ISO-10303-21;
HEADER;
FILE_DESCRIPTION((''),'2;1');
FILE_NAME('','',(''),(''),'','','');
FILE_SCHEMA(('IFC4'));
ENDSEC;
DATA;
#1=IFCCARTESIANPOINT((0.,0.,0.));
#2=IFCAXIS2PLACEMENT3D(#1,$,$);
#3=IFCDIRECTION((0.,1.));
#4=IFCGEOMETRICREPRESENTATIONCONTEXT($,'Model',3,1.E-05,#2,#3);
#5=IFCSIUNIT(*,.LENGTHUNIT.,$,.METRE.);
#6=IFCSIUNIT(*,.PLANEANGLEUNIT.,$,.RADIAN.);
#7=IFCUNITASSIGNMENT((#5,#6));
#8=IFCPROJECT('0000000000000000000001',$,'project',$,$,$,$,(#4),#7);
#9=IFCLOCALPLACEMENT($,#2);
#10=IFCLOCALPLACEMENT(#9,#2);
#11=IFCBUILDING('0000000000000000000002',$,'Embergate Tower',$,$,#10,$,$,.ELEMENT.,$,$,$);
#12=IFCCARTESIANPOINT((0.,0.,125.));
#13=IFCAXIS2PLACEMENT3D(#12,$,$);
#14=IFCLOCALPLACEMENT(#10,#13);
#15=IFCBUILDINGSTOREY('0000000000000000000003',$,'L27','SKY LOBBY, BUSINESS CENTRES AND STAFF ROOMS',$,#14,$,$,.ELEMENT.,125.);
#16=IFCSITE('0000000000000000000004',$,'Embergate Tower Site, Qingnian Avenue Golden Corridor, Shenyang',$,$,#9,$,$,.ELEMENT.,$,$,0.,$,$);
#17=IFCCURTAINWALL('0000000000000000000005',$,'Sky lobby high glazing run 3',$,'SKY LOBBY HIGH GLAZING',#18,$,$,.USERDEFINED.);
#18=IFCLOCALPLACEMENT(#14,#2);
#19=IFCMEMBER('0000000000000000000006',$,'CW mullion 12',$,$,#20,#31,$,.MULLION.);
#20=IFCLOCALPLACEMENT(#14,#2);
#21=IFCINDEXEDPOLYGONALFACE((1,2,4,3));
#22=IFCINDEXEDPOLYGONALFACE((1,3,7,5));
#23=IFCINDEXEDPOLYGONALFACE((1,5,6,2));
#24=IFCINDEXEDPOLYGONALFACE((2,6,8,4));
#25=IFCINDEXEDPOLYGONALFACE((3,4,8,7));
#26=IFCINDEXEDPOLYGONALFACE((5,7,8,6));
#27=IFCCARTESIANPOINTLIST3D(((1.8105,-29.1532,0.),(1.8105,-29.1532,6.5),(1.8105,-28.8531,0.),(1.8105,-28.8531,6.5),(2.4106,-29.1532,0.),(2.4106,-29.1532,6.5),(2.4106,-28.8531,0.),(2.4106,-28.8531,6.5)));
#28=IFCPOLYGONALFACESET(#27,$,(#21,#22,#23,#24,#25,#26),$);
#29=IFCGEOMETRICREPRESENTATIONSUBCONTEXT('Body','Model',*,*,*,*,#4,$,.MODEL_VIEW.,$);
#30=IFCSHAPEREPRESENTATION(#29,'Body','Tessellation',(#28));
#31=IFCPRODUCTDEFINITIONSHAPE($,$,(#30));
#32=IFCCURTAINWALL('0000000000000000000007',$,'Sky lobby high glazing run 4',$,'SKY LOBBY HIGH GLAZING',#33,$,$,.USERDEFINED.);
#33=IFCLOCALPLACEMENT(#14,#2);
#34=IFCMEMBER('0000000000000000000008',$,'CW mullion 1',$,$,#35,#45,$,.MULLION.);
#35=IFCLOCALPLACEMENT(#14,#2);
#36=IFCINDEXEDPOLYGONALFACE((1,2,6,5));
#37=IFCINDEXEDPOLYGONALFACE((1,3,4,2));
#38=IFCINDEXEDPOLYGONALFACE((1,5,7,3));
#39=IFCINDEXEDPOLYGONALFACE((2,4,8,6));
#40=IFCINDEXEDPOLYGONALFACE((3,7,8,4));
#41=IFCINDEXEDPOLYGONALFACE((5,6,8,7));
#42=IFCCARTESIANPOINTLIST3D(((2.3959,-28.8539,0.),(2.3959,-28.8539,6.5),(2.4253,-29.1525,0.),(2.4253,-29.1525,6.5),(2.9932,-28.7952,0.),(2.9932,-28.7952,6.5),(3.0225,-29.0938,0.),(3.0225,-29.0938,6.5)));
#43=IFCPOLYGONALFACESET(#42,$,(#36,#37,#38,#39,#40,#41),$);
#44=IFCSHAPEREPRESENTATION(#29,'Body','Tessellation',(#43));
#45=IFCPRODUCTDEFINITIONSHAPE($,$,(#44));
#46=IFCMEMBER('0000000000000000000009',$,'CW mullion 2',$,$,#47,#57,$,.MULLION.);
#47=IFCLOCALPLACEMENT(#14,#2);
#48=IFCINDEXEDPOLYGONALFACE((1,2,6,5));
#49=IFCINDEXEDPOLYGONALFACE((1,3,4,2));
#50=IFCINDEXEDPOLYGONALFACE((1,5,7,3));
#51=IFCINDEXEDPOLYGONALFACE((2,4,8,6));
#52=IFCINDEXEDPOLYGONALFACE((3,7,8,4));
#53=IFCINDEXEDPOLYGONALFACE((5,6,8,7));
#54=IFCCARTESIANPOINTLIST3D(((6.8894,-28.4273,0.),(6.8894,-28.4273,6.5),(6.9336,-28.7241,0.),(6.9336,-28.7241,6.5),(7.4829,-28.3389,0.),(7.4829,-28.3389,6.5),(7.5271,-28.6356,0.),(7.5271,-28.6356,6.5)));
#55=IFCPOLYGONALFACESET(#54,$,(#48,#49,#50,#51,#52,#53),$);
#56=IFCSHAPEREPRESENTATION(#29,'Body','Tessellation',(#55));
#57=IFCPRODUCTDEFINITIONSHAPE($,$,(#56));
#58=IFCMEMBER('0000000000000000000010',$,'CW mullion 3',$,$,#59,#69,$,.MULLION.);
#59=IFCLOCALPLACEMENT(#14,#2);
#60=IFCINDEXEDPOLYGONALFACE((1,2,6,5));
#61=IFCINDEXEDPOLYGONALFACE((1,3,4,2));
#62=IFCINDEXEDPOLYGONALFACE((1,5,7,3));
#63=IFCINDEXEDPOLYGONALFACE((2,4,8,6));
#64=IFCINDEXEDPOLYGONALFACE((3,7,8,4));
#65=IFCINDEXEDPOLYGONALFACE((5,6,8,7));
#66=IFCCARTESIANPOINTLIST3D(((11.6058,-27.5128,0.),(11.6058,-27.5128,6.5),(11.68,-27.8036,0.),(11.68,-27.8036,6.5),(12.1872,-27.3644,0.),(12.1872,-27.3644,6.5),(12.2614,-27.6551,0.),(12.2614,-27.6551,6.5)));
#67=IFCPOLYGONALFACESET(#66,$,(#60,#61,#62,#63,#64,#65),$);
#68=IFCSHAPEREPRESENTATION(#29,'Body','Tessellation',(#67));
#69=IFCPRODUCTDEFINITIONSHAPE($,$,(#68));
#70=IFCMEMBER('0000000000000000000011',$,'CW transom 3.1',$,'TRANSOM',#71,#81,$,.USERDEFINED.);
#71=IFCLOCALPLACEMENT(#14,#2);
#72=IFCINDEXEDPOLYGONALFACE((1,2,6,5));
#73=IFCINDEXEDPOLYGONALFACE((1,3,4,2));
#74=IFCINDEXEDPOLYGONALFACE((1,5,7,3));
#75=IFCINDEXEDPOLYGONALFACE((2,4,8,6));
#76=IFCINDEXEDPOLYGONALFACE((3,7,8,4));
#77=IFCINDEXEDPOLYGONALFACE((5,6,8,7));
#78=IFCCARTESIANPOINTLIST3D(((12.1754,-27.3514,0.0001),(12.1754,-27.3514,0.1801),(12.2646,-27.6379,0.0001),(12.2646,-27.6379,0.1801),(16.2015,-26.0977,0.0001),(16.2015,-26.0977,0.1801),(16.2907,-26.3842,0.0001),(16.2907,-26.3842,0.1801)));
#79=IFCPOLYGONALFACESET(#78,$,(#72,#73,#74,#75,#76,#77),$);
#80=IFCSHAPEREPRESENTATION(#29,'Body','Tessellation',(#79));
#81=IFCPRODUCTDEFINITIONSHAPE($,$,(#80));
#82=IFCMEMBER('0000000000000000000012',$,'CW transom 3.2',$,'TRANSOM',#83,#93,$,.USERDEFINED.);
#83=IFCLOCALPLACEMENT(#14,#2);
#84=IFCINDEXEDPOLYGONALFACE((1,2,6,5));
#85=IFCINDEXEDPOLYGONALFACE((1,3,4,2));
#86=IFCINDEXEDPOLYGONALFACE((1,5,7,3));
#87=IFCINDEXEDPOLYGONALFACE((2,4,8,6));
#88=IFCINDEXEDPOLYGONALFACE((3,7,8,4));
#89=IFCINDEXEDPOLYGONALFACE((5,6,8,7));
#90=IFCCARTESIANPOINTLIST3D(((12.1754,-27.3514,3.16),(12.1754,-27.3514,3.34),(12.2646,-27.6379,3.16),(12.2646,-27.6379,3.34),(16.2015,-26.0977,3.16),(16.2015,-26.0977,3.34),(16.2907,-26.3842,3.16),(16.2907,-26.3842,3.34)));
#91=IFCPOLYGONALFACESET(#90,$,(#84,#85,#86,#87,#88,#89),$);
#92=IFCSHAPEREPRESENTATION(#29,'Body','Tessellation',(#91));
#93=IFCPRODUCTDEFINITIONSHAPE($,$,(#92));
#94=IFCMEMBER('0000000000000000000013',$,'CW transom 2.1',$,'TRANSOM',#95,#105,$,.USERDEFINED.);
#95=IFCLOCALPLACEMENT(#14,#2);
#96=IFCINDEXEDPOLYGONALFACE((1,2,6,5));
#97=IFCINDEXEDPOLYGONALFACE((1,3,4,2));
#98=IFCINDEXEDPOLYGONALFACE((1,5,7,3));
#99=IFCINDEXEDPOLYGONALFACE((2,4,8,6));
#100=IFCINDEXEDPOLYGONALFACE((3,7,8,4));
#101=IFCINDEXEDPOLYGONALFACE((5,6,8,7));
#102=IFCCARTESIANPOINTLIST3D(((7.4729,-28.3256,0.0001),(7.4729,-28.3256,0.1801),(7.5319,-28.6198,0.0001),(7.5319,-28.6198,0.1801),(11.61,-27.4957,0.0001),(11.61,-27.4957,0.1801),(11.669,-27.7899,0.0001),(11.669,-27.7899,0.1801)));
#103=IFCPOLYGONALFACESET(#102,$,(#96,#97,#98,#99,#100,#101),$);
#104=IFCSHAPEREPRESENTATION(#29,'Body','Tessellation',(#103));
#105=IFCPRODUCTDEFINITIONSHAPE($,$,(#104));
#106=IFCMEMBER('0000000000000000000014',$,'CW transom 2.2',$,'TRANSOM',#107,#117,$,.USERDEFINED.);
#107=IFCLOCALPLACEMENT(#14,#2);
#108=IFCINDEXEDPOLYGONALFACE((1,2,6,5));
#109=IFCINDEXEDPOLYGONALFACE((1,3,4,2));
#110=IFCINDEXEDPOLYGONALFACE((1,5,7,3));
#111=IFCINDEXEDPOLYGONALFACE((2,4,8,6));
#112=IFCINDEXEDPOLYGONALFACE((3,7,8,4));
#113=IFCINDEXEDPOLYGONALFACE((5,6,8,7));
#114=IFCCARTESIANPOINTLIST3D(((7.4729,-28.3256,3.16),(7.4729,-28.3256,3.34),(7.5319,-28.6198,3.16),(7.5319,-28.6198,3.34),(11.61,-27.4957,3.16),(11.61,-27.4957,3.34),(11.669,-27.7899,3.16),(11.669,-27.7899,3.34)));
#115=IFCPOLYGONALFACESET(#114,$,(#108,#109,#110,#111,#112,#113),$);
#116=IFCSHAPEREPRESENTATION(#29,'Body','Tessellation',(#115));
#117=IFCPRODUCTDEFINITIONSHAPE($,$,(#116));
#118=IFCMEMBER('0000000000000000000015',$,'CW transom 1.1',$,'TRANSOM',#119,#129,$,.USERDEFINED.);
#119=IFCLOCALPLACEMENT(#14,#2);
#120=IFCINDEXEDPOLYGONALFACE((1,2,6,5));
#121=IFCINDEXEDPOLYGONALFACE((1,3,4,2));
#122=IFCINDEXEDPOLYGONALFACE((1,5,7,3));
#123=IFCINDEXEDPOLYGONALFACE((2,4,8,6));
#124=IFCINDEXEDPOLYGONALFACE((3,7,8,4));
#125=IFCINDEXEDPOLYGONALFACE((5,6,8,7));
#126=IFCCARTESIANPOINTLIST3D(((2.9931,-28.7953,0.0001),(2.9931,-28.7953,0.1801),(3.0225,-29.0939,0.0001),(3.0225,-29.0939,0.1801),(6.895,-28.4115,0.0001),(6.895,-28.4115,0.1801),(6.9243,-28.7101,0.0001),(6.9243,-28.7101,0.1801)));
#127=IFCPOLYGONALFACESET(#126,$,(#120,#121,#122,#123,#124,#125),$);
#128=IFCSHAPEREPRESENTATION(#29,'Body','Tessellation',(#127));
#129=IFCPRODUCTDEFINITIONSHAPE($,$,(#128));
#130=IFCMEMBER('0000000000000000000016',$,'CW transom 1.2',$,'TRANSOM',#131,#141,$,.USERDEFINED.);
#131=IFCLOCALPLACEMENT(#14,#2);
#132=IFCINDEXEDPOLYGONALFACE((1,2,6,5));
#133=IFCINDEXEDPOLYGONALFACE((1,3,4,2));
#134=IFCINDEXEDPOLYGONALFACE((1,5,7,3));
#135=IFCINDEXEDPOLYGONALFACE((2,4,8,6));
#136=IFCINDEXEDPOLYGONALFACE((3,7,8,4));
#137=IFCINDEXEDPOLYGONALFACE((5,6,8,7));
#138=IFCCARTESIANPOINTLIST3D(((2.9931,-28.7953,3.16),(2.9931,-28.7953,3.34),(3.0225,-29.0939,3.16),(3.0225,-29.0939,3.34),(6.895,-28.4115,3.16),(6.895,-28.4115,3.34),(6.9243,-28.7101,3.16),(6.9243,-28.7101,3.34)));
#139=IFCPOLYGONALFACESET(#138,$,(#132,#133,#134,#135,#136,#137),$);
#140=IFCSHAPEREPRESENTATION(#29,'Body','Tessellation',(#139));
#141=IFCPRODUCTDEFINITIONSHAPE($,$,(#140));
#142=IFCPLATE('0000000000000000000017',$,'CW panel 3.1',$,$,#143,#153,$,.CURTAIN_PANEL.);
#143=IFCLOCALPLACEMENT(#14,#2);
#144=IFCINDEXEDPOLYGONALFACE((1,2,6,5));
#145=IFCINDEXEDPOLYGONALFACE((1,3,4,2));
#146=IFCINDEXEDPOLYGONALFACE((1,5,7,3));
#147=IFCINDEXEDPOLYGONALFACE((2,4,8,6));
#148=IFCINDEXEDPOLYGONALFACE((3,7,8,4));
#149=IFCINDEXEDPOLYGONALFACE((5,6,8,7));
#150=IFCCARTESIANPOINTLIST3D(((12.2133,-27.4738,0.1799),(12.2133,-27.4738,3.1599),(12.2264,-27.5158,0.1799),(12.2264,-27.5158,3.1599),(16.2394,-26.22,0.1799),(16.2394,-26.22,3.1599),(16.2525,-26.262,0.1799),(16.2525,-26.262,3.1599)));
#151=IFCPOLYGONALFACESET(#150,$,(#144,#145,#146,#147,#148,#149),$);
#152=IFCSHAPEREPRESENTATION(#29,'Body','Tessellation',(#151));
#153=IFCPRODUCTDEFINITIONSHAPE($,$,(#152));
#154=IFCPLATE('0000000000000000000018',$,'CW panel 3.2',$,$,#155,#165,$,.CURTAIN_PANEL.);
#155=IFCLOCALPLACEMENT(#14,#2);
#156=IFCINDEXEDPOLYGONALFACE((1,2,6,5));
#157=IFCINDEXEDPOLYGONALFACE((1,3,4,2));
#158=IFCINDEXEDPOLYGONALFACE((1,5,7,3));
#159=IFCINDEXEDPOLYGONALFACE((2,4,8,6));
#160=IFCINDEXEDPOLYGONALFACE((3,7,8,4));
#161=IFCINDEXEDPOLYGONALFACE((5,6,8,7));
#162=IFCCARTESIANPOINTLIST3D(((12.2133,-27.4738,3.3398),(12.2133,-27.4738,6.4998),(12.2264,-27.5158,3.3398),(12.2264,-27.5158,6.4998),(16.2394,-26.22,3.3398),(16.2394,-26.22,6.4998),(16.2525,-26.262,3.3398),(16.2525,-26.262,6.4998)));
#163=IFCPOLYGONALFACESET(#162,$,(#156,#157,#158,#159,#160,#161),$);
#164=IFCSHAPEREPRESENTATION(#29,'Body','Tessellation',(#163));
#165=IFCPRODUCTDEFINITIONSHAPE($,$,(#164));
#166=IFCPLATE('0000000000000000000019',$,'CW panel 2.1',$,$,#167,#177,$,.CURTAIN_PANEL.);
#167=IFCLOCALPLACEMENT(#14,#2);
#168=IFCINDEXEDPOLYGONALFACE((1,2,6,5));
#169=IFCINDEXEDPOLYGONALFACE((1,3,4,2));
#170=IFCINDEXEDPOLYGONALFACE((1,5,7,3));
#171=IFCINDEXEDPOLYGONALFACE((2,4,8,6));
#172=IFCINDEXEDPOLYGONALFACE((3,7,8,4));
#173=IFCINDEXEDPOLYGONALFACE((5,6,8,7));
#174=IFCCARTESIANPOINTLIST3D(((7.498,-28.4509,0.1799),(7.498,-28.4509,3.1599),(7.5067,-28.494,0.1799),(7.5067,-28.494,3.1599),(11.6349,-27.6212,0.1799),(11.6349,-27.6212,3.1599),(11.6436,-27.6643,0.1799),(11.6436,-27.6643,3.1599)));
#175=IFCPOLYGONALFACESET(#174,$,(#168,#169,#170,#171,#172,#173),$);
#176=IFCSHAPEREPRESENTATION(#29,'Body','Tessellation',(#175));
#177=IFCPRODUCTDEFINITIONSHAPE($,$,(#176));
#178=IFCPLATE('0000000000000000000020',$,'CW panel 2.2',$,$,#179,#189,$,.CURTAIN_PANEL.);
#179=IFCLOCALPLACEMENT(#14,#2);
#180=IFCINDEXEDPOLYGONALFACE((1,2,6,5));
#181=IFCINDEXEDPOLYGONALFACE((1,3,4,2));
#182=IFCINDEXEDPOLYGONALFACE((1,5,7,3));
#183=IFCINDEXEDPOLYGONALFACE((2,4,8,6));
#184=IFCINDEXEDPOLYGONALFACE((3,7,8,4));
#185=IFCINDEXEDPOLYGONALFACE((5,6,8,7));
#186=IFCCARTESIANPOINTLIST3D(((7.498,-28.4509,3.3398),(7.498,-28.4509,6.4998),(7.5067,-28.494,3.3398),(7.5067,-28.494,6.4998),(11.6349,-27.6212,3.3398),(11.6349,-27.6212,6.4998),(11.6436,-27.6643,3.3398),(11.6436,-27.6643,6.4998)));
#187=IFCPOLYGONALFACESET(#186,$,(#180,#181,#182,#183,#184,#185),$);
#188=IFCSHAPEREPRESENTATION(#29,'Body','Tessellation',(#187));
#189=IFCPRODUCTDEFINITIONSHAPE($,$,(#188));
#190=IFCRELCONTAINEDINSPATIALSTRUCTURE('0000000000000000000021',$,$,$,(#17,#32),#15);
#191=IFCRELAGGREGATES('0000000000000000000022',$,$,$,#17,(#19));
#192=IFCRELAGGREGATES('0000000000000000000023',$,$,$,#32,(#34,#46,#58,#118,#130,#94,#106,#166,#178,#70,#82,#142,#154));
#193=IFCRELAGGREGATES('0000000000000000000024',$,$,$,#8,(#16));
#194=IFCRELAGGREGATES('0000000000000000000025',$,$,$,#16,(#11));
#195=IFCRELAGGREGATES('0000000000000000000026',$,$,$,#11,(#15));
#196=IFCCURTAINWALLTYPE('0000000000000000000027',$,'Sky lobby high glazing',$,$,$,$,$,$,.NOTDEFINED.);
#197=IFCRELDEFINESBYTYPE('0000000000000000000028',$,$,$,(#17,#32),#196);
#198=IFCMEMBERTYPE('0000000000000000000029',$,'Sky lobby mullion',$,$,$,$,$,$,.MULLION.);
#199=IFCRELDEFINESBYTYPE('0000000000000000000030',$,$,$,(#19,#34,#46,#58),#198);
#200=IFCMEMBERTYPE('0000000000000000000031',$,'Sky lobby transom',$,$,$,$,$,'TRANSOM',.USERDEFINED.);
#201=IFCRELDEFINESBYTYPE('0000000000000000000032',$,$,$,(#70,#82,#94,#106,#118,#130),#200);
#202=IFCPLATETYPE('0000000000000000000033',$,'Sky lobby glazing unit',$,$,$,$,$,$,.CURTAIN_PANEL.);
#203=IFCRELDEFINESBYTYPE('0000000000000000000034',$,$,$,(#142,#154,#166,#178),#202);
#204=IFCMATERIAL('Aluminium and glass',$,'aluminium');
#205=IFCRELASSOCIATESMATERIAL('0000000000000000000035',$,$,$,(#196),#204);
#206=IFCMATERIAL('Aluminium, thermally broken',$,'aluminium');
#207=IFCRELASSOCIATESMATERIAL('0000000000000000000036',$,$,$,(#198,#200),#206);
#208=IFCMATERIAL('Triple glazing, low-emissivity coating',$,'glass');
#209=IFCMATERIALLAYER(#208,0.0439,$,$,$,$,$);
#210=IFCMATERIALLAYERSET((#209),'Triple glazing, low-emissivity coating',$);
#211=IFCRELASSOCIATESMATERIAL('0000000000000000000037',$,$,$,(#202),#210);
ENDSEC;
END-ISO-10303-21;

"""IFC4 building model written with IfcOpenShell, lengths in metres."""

from ifc_helpers import new_model, si_unit, direction, frame, origin, origin_2d, place, context, subcontext, project, spatial, rectangle, extrude, source, transform, mapped, material, layer, layer_set, material_profile, profile_set, type_object, element, aggregate, save


model = new_model("IFC4")

# Units and contexts
model_context = context("Model", 3, precision=1e-05, world=origin(), true_north=direction((0.0, 1.0)))
body_context = subcontext(model_context, "Body", "Model", "MODEL_VIEW")
ifc_project = project(units=[si_unit("LENGTHUNIT", "METRE"), si_unit("PLANEANGLEUNIT", "RADIAN")], contexts=[model_context])

# Site, building, storey
site_placement = place(None, origin())
site = spatial("IfcSite", under=ifc_project, at=site_placement, Name="Embergate Tower Site, Qingnian Avenue Golden Corridor, Shenyang", CompositionType="ELEMENT", RefElevation=0.0)
building_placement = place(site_placement, origin())
building = spatial("IfcBuilding", under=site, at=building_placement, Name="Embergate Tower", CompositionType="ELEMENT")
storey_placement = place(building_placement, frame((0.0, 0.0, 125.0)))
storey = spatial("IfcBuildingStorey", under=building, at=storey_placement, Name="L27", Description="SKY LOBBY, BUSINESS CENTRES AND STAFF ROOMS", CompositionType="ELEMENT", Elevation=125.0)

# Curtain wall, member
ifc_material_1 = material(Name="Aluminium and glass", Category="aluminium")
curtain_wall_type = type_object("IfcCurtainWallType", Name="Sky lobby high glazing", PredefinedType="NOTDEFINED", material=ifc_material_1)
curtain_wall_1_placement = place(storey_placement, origin())
curtain_wall_1 = element("IfcCurtainWall", 1, at=curtain_wall_1_placement, inside=storey, type_object=curtain_wall_type, Name="Sky lobby high glazing run 3", ObjectType="SKY LOBBY HIGH GLAZING", PredefinedType="USERDEFINED")
ifc_material_2 = material(Name="Aluminium, thermally broken", Category="aluminium")
ifc_material_profile_1 = material_profile(ifc_material_2, rectangle(XDim=0.3, YDim=0.6001, at=origin_2d()), Name="AL 600x300")
ifc_profile_set_1 = profile_set([ifc_material_profile_1], Name="Aluminium, thermally broken")
member_type_1 = type_object("IfcMemberType", Name="Sky lobby mullion", PredefinedType="MULLION", material=ifc_profile_set_1)
shared_shape_1 = source(origin(), body_context, "Body", "SweptSolid", [
    extrude(rectangle(XDim=0.3, YDim=0.6001, at=origin_2d()), origin(), (0.0, 0.0, 1.0), 6.5),
])
member_1_placement = place(storey_placement, frame((2.1106, -29.0032, 0.0), z_axis=(0.0, 0.0, 1.0), x_axis=(0.0, 1.0, 0.0)))
member_1 = element("IfcMember", 2, at=member_1_placement, type_object=member_type_1, Name="CW mullion 12", PredefinedType="MULLION", context=body_context, shape_type="MappedRepresentation", body=[
    mapped(shared_shape_1, transform((0.0, 0.0, 0.0))),
])

# Curtain wall, members, plates
curtain_wall_2_placement = place(storey_placement, origin())
curtain_wall_2 = element("IfcCurtainWall", 3, at=curtain_wall_2_placement, inside=storey, type_object=curtain_wall_type, Name="Sky lobby high glazing run 4", ObjectType="SKY LOBBY HIGH GLAZING", PredefinedType="USERDEFINED")
member_2_placement = place(storey_placement, frame((2.7092, -28.9739, 0.0), z_axis=(0.0, 0.0, 1.0), x_axis=(-0.097828, 0.995203, 0.0)))
member_2 = element("IfcMember", 4, at=member_2_placement, type_object=member_type_1, Name="CW mullion 1", PredefinedType="MULLION", context=body_context, shape_type="MappedRepresentation", body=[
    mapped(shared_shape_1, transform((0.0, 0.0, 0.0))),
])
member_3_placement = place(storey_placement, frame((7.2083, -28.5315, 0.0), z_axis=(0.0, 0.0, 1.0), x_axis=(-0.147409, 0.989076, 0.0)))
member_3 = element("IfcMember", 5, at=member_3_placement, type_object=member_type_1, Name="CW mullion 2", PredefinedType="MULLION", context=body_context, shape_type="MappedRepresentation", body=[
    mapped(shared_shape_1, transform((0.0, 0.0, 0.0))),
])
member_4_placement = place(storey_placement, frame((11.9336, -27.584, 0.0), z_axis=(0.0, 0.0, 1.0), x_axis=(-0.247308, 0.968937, 0.0)))
member_4 = element("IfcMember", 6, at=member_4_placement, type_object=member_type_1, Name="CW mullion 3", PredefinedType="MULLION", context=body_context, shape_type="MappedRepresentation", body=[
    mapped(shared_shape_1, transform((0.0, 0.0, 0.0))),
])
ifc_material_profile_2 = material_profile(ifc_material_2, rectangle(XDim=0.3, YDim=0.1799, at=origin_2d()), Name="AL 180x300")
ifc_profile_set_2 = profile_set([ifc_material_profile_2], Name="Aluminium, thermally broken")
member_type_2 = type_object("IfcMemberType", Name="Sky lobby transom", ElementType="TRANSOM", PredefinedType="USERDEFINED", material=ifc_profile_set_2)
shared_shape_2 = source(origin(), body_context, "Body", "SweptSolid", [
    extrude(rectangle(XDim=0.3, YDim=0.1799, at=origin_2d()), origin(), (0.0, 0.0, 1.0), 4.2168),
])
member_5_placement = place(storey_placement, frame((12.22, -27.4946, 0.0901), z_axis=(0.954783, 0.297302, 0.0), x_axis=(-0.297302, 0.954783, 0.0)))
member_5 = element("IfcMember", 7, at=member_5_placement, type_object=member_type_2, Name="CW transom 3.1", ObjectType="TRANSOM", PredefinedType="USERDEFINED", context=body_context, shape_type="MappedRepresentation", body=[
    mapped(shared_shape_2, transform((0.0, 0.0, 0.0))),
])
member_6_placement = place(storey_placement, frame((12.22, -27.4946, 3.25), z_axis=(0.954783, 0.297302, 0.0), x_axis=(-0.297302, 0.954783, 0.0)))
member_6 = element("IfcMember", 8, at=member_6_placement, type_object=member_type_2, Name="CW transom 3.2", ObjectType="TRANSOM", PredefinedType="USERDEFINED", context=body_context, shape_type="MappedRepresentation", body=[
    mapped(shared_shape_2, transform((0.0, 0.0, 0.0))),
])
shared_shape_3 = source(origin(), body_context, "Body", "SweptSolid", [
    extrude(rectangle(XDim=0.3, YDim=0.1799, at=origin_2d()), origin(), (0.0, 0.0, 1.0), 4.2195),
])
member_7_placement = place(storey_placement, frame((7.5024, -28.4727, 0.0901), z_axis=(0.980469, 0.196672, 0.0), x_axis=(-0.196672, 0.980469, 0.0)))
member_7 = element("IfcMember", 9, at=member_7_placement, type_object=member_type_2, Name="CW transom 2.1", ObjectType="TRANSOM", PredefinedType="USERDEFINED", context=body_context, shape_type="MappedRepresentation", body=[
    mapped(shared_shape_3, transform((0.0, 0.0, 0.0))),
])
member_8_placement = place(storey_placement, frame((7.5024, -28.4727, 3.25), z_axis=(0.980469, 0.196672, 0.0), x_axis=(-0.196672, 0.980469, 0.0)))
member_8 = element("IfcMember", 10, at=member_8_placement, type_object=member_type_2, Name="CW transom 2.2", ObjectType="TRANSOM", PredefinedType="USERDEFINED", context=body_context, shape_type="MappedRepresentation", body=[
    mapped(shared_shape_3, transform((0.0, 0.0, 0.0))),
])
shared_shape_4 = source(origin(), body_context, "Body", "SweptSolid", [
    extrude(rectangle(XDim=0.3, YDim=0.1799, at=origin_2d()), origin(), (0.0, 0.0, 1.0), 3.9207),
])
member_9_placement = place(storey_placement, frame((3.0078, -28.9446, 0.0901), z_axis=(0.995197, 0.097888, 0.0), x_axis=(-0.097888, 0.995197, 0.0)))
member_9 = element("IfcMember", 11, at=member_9_placement, type_object=member_type_2, Name="CW transom 1.1", ObjectType="TRANSOM", PredefinedType="USERDEFINED", context=body_context, shape_type="MappedRepresentation", body=[
    mapped(shared_shape_4, transform((0.0, 0.0, 0.0))),
])
member_10_placement = place(storey_placement, frame((3.0078, -28.9446, 3.25), z_axis=(0.995197, 0.097888, 0.0), x_axis=(-0.097888, 0.995197, 0.0)))
member_10 = element("IfcMember", 12, at=member_10_placement, type_object=member_type_2, Name="CW transom 1.2", ObjectType="TRANSOM", PredefinedType="USERDEFINED", context=body_context, shape_type="MappedRepresentation", body=[
    mapped(shared_shape_4, transform((0.0, 0.0, 0.0))),
])
ifc_material_3 = material(Name="Triple glazing, low-emissivity coating", Category="glass")
ifc_layer_1 = layer(ifc_material_3, 0.0439)
ifc_layer_set_1 = layer_set([ifc_layer_1], Name="Triple glazing, low-emissivity coating")
plate_type = type_object("IfcPlateType", Name="Sky lobby glazing unit", PredefinedType="CURTAIN_PANEL", material=ifc_layer_set_1)
shared_shape_5 = source(origin(), body_context, "Body", "SweptSolid", [
    extrude(rectangle(XDim=4.2168, YDim=0.0439, at=origin_2d()), origin(), (0.0, 0.0, 1.0), 2.98),
])
plate_1_placement = place(storey_placement, frame((14.2329, -26.8679, 0.1799), z_axis=(0.0, 0.0, 1.0), x_axis=(0.954773, 0.297337, 0.0)))
plate_1 = element("IfcPlate", 13, at=plate_1_placement, type_object=plate_type, Name="CW panel 3.1", PredefinedType="CURTAIN_PANEL", context=body_context, shape_type="MappedRepresentation", body=[
    mapped(shared_shape_5, transform((0.0, 0.0, 0.0))),
])
shared_shape_6 = source(origin(), body_context, "Body", "SweptSolid", [
    extrude(rectangle(XDim=4.2168, YDim=0.0439, at=origin_2d()), origin(), (0.0, 0.0, 1.0), 3.1599),
])
plate_2_placement = place(storey_placement, frame((14.2329, -26.8679, 3.3398), z_axis=(0.0, 0.0, 1.0), x_axis=(0.954773, 0.297337, 0.0)))
plate_2 = element("IfcPlate", 14, at=plate_2_placement, type_object=plate_type, Name="CW panel 3.2", PredefinedType="CURTAIN_PANEL", context=body_context, shape_type="MappedRepresentation", body=[
    mapped(shared_shape_6, transform((0.0, 0.0, 0.0))),
])
shared_shape_7 = source(origin(), body_context, "Body", "SweptSolid", [
    extrude(rectangle(XDim=4.2192, YDim=0.0439, at=origin_2d()), origin(), (0.0, 0.0, 1.0), 2.98),
])
plate_3_placement = place(storey_placement, frame((9.5708, -28.0576, 0.1799), z_axis=(0.0, 0.0, 1.0), x_axis=(0.980476, 0.196638, 0.0)))
plate_3 = element("IfcPlate", 15, at=plate_3_placement, type_object=plate_type, Name="CW panel 2.1", PredefinedType="CURTAIN_PANEL", context=body_context, shape_type="MappedRepresentation", body=[
    mapped(shared_shape_7, transform((0.0, 0.0, 0.0))),
])
shared_shape_8 = source(origin(), body_context, "Body", "SweptSolid", [
    extrude(rectangle(XDim=4.2192, YDim=0.0439, at=origin_2d()), origin(), (0.0, 0.0, 1.0), 3.1599),
])
plate_4_placement = place(storey_placement, frame((9.5708, -28.0576, 3.3398), z_axis=(0.0, 0.0, 1.0), x_axis=(0.980476, 0.196638, 0.0)))
plate_4 = element("IfcPlate", 16, at=plate_4_placement, type_object=plate_type, Name="CW panel 2.2", PredefinedType="CURTAIN_PANEL", context=body_context, shape_type="MappedRepresentation", body=[
    mapped(shared_shape_8, transform((0.0, 0.0, 0.0))),
])

aggregate(curtain_wall_1, [member_1])
aggregate(curtain_wall_2, [member_2, member_3, member_4, member_9, member_10, member_7, member_8, plate_3, plate_4, member_5, member_6, plate_1, plate_2])

save(model, "model.ifc")
